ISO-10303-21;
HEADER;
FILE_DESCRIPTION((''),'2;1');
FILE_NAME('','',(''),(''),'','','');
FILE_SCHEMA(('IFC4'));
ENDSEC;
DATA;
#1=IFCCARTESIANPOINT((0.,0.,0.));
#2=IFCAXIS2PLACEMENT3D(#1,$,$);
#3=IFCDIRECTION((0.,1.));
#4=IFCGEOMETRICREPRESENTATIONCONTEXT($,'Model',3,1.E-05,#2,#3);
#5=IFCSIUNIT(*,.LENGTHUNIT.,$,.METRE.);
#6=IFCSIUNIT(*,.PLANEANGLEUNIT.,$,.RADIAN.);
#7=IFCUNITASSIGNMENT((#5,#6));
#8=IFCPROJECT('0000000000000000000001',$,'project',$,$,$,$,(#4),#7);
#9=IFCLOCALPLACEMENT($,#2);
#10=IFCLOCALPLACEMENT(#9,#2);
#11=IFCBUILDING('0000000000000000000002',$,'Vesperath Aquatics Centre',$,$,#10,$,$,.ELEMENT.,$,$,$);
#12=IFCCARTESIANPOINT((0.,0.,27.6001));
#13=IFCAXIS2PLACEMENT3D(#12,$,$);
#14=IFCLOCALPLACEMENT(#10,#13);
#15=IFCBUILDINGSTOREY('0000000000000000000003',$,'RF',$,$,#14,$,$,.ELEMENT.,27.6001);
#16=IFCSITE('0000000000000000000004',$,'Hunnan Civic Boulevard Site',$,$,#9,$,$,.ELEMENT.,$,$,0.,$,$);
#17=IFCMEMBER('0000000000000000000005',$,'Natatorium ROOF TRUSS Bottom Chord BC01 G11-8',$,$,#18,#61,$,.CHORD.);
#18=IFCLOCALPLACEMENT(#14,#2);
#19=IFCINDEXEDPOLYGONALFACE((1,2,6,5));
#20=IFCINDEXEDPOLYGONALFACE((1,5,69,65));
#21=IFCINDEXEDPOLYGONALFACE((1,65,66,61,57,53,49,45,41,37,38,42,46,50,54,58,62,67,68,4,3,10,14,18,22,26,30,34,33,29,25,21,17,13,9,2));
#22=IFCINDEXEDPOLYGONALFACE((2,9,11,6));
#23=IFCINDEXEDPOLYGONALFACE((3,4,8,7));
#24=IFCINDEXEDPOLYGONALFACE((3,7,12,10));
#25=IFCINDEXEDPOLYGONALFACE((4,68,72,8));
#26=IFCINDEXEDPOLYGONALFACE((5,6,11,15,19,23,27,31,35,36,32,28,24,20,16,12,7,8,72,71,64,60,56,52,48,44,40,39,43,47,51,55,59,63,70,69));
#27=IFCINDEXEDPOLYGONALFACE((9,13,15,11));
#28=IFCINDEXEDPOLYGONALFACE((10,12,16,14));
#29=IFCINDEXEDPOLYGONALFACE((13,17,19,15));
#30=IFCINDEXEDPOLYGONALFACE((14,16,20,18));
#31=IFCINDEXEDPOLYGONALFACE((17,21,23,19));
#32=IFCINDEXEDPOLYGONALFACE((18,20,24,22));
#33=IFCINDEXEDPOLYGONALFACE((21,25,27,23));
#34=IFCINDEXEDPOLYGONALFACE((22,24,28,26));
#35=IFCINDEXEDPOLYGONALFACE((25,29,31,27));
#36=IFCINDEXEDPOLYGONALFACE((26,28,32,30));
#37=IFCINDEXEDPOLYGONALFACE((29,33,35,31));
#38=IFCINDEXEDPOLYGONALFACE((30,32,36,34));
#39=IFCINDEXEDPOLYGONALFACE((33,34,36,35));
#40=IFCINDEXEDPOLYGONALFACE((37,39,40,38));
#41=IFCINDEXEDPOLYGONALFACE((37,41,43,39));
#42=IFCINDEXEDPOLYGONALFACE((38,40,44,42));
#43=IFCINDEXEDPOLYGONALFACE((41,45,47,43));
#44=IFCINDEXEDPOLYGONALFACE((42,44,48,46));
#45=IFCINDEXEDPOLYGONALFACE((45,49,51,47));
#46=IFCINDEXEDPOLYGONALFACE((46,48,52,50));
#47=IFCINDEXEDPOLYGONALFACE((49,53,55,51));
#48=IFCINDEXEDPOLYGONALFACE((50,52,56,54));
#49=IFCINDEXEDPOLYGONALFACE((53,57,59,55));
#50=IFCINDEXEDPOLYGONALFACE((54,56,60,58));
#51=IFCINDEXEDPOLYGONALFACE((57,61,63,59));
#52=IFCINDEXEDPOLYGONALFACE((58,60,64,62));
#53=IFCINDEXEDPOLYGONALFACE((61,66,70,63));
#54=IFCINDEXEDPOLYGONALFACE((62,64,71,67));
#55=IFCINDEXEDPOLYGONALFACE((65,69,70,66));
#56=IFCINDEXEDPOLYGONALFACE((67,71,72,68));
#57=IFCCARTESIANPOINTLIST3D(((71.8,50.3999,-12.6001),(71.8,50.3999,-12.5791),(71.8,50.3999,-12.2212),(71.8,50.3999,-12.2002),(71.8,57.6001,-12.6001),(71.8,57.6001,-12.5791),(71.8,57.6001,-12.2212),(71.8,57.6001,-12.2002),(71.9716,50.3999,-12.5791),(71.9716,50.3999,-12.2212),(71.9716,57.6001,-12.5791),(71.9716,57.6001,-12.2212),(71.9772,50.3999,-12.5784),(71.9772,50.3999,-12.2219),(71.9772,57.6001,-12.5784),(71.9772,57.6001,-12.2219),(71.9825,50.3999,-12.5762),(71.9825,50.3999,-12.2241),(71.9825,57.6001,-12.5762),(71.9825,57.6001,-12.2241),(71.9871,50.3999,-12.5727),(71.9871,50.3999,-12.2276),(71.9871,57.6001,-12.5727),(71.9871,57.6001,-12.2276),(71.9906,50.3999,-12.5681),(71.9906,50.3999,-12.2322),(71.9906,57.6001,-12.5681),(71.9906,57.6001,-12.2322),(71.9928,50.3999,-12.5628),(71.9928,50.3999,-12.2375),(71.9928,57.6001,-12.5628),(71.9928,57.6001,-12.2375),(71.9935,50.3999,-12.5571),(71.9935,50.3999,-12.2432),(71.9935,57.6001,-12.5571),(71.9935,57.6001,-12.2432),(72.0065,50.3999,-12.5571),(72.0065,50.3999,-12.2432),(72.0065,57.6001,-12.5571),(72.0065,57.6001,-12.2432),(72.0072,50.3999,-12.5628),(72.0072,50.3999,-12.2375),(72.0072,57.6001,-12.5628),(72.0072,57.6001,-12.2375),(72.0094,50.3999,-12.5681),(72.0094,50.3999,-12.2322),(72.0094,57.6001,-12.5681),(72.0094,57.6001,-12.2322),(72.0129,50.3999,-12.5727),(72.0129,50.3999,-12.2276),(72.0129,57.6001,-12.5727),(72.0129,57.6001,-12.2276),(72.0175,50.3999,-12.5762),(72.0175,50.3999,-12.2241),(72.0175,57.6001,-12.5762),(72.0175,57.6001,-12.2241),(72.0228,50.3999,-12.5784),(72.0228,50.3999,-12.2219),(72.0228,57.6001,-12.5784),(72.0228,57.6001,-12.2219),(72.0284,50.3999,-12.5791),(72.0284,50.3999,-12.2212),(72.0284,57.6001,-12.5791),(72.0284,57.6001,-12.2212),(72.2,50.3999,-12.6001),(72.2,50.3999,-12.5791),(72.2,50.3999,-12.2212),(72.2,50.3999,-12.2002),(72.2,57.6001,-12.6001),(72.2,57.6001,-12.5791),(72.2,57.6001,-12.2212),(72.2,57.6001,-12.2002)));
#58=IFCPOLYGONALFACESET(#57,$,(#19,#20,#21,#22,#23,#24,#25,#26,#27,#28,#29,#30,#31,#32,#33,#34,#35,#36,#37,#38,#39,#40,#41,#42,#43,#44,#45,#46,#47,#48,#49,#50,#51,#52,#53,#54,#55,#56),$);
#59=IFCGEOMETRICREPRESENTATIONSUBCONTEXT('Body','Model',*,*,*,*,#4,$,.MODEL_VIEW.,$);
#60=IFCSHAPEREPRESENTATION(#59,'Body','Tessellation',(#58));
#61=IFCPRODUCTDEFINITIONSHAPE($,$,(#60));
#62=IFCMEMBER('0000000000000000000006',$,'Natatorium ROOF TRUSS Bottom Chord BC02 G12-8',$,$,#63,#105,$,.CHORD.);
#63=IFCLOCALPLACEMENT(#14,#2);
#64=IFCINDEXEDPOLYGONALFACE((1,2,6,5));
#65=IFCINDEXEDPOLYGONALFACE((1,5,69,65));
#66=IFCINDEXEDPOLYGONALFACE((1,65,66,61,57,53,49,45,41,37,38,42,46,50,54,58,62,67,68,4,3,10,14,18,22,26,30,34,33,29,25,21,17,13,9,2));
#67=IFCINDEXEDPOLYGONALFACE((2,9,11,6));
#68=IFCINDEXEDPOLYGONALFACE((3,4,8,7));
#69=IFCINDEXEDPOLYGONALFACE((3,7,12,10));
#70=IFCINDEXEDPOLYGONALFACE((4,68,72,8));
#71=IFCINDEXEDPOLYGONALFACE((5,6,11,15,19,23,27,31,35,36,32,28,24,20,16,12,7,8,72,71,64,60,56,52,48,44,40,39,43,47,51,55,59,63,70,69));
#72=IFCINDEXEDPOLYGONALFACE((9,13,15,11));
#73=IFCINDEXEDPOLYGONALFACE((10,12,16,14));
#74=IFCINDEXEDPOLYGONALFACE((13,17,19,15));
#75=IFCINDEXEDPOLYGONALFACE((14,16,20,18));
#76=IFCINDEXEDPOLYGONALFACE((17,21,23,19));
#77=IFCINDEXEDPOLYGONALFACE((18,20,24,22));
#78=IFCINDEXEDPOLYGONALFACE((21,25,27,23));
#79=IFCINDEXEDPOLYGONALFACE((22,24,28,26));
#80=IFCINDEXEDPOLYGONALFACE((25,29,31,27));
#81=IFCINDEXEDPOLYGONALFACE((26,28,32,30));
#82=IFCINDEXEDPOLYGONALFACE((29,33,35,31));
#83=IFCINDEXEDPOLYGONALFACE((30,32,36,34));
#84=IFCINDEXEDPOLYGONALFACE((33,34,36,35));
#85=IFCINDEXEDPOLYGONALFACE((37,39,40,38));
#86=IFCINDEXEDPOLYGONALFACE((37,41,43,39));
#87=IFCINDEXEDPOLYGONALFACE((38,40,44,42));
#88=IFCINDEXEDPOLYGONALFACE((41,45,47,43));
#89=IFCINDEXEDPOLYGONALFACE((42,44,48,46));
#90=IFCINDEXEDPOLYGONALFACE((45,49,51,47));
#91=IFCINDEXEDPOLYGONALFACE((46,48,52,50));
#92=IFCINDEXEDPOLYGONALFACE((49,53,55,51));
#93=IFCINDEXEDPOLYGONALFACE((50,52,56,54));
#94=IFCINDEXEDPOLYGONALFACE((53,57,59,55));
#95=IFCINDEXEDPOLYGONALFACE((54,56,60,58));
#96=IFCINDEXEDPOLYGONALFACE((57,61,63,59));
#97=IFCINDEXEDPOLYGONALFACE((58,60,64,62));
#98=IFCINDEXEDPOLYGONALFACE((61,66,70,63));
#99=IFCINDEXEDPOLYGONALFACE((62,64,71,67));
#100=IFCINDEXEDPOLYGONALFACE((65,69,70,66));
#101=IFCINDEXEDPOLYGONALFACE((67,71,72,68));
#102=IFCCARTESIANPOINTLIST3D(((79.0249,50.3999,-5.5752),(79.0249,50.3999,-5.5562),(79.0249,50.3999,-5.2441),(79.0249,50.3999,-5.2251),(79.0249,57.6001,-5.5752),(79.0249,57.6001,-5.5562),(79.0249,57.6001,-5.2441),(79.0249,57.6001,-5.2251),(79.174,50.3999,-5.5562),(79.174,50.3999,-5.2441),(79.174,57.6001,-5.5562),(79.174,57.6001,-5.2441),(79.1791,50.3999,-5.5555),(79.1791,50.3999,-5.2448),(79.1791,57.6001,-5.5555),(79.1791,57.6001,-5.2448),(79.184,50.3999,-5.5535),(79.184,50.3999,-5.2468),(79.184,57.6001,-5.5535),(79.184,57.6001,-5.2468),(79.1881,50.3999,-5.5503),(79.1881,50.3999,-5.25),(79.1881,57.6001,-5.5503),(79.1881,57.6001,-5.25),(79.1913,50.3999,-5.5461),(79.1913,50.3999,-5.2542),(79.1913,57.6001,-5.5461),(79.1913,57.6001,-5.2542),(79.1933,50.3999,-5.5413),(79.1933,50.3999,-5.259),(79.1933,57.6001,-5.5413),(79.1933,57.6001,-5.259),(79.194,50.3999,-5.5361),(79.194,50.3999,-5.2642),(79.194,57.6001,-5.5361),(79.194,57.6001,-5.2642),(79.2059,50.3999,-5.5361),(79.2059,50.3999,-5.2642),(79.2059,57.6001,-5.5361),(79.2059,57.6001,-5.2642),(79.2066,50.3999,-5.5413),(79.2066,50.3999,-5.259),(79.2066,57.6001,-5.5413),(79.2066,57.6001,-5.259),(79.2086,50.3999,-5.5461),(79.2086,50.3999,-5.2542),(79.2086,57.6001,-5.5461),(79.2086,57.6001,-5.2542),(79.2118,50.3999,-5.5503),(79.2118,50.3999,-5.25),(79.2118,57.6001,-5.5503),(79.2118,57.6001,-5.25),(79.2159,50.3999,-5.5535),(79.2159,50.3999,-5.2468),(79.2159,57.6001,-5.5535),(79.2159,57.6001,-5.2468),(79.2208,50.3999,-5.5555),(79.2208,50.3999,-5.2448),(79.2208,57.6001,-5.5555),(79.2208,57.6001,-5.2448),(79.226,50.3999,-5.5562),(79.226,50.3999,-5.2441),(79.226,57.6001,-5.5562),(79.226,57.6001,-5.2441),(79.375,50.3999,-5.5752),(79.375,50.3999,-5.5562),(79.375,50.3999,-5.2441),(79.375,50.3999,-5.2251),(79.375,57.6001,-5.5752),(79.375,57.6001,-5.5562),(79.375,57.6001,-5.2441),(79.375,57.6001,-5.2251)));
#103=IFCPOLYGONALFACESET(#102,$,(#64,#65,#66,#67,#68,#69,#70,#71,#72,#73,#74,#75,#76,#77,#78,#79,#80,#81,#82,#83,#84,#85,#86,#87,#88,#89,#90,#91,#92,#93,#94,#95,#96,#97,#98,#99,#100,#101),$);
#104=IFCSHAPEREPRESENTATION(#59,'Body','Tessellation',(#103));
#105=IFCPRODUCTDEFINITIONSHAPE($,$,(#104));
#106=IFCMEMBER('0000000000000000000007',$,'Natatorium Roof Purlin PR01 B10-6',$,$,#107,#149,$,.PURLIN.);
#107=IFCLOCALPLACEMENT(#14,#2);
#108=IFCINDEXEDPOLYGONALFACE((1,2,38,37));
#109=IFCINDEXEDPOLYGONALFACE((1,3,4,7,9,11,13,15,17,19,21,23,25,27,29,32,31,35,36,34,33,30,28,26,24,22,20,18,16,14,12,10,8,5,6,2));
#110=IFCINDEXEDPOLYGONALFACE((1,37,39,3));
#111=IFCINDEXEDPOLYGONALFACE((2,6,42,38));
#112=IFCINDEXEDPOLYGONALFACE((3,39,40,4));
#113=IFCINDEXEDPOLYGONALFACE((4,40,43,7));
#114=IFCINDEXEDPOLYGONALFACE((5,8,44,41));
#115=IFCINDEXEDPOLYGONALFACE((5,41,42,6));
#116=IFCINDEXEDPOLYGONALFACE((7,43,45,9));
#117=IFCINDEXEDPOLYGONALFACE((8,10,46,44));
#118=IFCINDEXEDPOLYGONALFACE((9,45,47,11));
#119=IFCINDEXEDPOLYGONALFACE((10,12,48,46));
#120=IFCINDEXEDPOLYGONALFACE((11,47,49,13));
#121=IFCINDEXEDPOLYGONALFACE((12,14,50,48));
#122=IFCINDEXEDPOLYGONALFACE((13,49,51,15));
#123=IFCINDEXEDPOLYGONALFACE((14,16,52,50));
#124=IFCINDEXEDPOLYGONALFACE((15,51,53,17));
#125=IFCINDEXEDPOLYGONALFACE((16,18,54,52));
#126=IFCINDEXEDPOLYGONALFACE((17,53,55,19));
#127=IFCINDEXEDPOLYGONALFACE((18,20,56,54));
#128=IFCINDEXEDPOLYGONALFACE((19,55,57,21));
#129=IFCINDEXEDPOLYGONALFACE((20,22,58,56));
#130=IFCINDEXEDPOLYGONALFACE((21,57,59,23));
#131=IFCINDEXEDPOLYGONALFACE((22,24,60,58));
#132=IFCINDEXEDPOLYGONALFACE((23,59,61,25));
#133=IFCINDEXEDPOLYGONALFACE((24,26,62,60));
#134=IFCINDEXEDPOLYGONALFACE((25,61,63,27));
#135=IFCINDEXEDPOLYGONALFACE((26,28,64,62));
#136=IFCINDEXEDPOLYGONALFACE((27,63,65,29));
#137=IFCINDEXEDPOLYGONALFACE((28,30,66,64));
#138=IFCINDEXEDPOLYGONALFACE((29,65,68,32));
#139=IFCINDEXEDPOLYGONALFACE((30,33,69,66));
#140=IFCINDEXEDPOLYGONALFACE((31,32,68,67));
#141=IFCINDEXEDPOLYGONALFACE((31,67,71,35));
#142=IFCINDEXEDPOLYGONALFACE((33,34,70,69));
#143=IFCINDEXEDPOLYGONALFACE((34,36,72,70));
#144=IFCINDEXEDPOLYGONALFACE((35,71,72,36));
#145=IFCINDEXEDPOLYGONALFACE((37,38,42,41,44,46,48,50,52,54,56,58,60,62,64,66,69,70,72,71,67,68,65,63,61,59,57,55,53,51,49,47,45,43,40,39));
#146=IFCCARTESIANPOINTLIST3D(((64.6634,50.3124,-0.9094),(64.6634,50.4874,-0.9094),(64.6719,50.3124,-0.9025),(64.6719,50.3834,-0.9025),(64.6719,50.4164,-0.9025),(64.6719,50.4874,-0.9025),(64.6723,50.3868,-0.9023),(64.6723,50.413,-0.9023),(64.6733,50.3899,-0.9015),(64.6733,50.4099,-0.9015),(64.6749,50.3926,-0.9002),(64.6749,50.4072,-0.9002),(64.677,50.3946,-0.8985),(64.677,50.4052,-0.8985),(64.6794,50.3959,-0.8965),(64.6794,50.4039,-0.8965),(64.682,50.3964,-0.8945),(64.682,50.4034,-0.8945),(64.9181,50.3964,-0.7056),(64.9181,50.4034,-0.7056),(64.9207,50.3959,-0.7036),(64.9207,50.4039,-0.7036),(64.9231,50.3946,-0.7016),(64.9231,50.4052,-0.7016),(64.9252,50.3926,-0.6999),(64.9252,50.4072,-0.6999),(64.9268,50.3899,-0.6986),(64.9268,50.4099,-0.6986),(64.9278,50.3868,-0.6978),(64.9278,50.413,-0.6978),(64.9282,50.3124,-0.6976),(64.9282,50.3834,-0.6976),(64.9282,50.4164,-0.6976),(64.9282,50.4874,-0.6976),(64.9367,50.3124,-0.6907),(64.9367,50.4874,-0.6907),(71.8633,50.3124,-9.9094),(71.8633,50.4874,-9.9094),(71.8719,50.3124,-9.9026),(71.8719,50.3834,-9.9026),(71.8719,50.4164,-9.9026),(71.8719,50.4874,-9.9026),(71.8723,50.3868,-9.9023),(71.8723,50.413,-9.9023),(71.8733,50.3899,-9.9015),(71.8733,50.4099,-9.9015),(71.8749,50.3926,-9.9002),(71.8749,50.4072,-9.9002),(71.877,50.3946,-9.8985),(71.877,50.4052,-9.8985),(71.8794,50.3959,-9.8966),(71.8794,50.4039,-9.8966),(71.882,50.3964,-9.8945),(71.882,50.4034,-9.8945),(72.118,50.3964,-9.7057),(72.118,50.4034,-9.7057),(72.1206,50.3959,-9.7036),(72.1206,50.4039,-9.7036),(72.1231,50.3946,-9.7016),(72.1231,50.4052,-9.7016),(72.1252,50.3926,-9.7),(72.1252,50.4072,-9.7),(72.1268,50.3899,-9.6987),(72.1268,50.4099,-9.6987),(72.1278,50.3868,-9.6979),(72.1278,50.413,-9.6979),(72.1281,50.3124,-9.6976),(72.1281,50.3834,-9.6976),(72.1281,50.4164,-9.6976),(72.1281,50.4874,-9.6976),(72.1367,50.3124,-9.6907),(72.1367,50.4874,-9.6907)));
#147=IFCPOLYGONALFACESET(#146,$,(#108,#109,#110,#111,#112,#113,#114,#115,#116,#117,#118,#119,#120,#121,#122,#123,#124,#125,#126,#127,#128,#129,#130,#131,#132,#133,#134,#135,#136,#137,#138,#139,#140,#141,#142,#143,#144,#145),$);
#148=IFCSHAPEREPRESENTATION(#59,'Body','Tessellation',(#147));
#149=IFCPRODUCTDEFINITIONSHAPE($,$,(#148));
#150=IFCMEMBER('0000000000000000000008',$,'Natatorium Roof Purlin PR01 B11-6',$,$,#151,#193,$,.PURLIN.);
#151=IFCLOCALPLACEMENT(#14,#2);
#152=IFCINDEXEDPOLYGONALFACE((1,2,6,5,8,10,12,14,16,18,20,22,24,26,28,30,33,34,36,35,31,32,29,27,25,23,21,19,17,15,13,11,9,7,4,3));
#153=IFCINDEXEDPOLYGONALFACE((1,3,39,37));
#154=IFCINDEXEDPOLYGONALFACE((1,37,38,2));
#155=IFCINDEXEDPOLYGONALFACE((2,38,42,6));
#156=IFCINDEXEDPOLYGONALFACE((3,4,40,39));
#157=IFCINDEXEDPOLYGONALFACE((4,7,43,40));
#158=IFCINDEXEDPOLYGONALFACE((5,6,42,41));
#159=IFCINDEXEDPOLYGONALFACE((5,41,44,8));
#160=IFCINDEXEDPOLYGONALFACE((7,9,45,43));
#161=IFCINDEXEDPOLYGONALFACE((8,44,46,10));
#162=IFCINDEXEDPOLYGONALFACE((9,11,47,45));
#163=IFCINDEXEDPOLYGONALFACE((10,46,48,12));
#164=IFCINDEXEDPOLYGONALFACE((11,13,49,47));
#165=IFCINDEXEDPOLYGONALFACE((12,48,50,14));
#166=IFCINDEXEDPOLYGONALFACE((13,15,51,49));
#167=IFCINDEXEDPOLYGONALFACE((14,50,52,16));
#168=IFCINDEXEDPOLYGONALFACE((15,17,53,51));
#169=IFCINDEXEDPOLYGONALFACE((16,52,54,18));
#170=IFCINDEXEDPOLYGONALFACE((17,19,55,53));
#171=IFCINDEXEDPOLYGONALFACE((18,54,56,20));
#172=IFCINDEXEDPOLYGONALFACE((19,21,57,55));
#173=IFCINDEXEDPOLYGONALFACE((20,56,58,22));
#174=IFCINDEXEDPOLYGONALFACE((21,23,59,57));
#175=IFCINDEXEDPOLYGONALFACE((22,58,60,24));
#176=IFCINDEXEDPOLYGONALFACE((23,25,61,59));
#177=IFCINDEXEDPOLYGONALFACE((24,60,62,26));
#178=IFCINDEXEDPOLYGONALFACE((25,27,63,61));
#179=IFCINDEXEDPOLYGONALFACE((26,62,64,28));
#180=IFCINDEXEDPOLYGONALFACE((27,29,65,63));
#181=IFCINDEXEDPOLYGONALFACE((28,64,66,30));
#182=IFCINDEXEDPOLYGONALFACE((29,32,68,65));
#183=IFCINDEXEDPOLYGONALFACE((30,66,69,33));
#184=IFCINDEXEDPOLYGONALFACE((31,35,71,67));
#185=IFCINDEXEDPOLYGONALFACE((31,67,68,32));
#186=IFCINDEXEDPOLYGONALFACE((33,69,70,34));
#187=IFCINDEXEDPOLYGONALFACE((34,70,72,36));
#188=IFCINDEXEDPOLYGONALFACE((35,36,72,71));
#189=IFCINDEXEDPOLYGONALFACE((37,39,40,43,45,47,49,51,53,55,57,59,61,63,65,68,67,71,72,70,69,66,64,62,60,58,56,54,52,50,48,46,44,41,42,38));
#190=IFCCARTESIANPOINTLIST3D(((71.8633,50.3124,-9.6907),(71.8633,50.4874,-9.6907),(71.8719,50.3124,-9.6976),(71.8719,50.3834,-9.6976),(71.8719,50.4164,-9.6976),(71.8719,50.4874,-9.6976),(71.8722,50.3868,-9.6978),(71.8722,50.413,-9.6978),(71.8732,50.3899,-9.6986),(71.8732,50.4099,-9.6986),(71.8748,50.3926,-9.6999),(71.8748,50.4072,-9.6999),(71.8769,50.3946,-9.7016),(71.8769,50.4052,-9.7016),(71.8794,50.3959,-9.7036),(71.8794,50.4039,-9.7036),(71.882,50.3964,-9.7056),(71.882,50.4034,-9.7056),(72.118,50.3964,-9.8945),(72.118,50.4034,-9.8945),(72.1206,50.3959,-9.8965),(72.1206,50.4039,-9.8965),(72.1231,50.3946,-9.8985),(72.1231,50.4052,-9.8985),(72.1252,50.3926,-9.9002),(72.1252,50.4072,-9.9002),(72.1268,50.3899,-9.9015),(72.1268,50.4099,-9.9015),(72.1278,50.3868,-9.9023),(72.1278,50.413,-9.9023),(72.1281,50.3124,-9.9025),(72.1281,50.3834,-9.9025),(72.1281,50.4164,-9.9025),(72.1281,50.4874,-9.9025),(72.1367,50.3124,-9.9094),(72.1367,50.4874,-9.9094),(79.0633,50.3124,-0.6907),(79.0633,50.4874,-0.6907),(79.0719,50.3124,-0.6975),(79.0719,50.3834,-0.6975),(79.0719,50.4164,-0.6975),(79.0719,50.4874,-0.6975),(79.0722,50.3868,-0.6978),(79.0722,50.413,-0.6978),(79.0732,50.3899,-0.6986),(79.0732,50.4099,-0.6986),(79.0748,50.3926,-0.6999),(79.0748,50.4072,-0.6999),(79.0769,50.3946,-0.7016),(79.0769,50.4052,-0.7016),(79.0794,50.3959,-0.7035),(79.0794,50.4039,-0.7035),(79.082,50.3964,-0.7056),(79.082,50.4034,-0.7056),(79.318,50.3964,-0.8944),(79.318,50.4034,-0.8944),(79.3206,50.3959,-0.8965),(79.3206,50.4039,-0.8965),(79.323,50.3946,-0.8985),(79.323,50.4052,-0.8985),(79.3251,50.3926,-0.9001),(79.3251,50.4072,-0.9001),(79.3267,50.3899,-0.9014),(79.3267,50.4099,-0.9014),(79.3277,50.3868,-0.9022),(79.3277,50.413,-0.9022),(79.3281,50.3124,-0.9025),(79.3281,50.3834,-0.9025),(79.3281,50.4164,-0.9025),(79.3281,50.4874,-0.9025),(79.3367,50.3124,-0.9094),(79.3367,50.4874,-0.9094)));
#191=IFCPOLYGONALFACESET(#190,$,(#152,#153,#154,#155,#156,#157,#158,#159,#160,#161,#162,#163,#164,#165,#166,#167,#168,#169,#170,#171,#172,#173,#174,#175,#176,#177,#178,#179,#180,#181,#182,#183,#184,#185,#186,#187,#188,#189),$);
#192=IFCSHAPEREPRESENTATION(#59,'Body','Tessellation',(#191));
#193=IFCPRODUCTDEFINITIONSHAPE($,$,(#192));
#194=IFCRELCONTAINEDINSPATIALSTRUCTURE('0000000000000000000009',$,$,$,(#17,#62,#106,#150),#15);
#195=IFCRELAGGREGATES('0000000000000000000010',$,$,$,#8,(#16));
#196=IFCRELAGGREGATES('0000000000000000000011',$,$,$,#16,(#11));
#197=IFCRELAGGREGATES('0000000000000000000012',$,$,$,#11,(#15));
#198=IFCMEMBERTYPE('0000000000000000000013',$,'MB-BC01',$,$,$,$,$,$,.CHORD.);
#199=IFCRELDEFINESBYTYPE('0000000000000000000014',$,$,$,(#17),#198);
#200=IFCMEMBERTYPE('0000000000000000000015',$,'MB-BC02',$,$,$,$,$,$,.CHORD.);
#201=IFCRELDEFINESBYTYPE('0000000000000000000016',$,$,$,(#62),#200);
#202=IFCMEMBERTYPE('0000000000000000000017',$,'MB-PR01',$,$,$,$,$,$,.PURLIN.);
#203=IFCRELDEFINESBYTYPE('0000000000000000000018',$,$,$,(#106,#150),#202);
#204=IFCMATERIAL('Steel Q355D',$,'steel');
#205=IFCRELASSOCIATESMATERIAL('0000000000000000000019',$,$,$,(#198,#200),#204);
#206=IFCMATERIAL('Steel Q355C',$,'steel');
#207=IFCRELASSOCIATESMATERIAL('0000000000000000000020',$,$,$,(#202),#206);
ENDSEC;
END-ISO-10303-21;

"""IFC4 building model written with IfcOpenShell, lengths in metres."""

from ifc_helpers import new_model, si_unit, direction, frame, origin, origin_2d, place, context, subcontext, project, spatial, i_section, extrude, material, material_profile, profile_set, type_object, element, save


model = new_model("IFC4")

# Units and contexts
model_context = context("Model", 3, precision=1e-05, world=origin(), true_north=direction((0.0, 1.0)))
body_context = subcontext(model_context, "Body", "Model", "MODEL_VIEW")
ifc_project = project(units=[si_unit("LENGTHUNIT", "METRE"), si_unit("PLANEANGLEUNIT", "RADIAN")], contexts=[model_context])

# Site, building, storey
site_placement = place(None, origin())
site = spatial("IfcSite", under=ifc_project, at=site_placement, Name="Hunnan Civic Boulevard Site", CompositionType="ELEMENT", RefElevation=0.0)
building_placement = place(site_placement, origin())
building = spatial("IfcBuilding", under=site, at=building_placement, Name="Vesperath Aquatics Centre", CompositionType="ELEMENT")
storey_placement = place(building_placement, frame((0.0, 0.0, 27.6001)))
storey = spatial("IfcBuildingStorey", under=building, at=storey_placement, Name="RF", CompositionType="ELEMENT", Elevation=27.6001)

# Members
ifc_material_1 = material(Name="Steel Q355D", Category="steel")
ifc_material_profile_1 = material_profile(ifc_material_1, i_section(OverallWidth=0.3999, OverallDepth=0.3999, WebThickness=0.0129, FlangeThickness=0.021, FilletRadius=0.022, at=origin_2d()), Name="HW 400x400x13x21")
ifc_profile_set_1 = profile_set([ifc_material_profile_1], Name="Steel Q355D")
member_type_1 = type_object("IfcMemberType", Name="MB-BC01", PredefinedType="CHORD", material=ifc_profile_set_1)
member_1_placement = place(storey_placement, frame((72.0, 50.3999, -12.4001), z_axis=(0.0, 1.0, 0.0), x_axis=(-1.0, 0.0, 0.0)))
element("IfcMember", 1, at=member_1_placement, inside=storey, type_object=member_type_1, Name="Natatorium ROOF TRUSS Bottom Chord BC01 G11-8", PredefinedType="CHORD", context=body_context, shape_type="SweptSolid", body=[
    extrude(i_section(OverallWidth=0.3999, OverallDepth=0.3999, WebThickness=0.0129, FlangeThickness=0.021, FilletRadius=0.022, at=origin_2d()), origin(), (0.0, 0.0, 1.0), 7.2002),
])
ifc_material_profile_2 = material_profile(ifc_material_1, i_section(OverallWidth=0.3501, OverallDepth=0.3501, WebThickness=0.012, FlangeThickness=0.019, FilletRadius=0.02, at=origin_2d()), Name="HW 350x350x12x19")
ifc_profile_set_2 = profile_set([ifc_material_profile_2], Name="Steel Q355D")
member_type_2 = type_object("IfcMemberType", Name="MB-BC02", PredefinedType="CHORD", material=ifc_profile_set_2)
member_2_placement = place(storey_placement, frame((79.2, 50.3999, -5.4001), z_axis=(0.0, 1.0, 0.0), x_axis=(-1.0, 0.0, 0.0)))
element("IfcMember", 2, at=member_2_placement, inside=storey, type_object=member_type_2, Name="Natatorium ROOF TRUSS Bottom Chord BC02 G12-8", PredefinedType="CHORD", context=body_context, shape_type="SweptSolid", body=[
    extrude(i_section(OverallWidth=0.3501, OverallDepth=0.3501, WebThickness=0.012, FlangeThickness=0.019, FilletRadius=0.02, at=origin_2d()), origin(), (0.0, 0.0, 1.0), 7.2002),
])
ifc_material_2 = material(Name="Steel Q355C", Category="steel")
ifc_material_profile_3 = material_profile(ifc_material_2, i_section(OverallWidth=0.175, OverallDepth=0.3501, WebThickness=0.0071, FlangeThickness=0.011, FilletRadius=0.0129, at=origin_2d()), Name="HN 350x175x7x11")
ifc_profile_set_3 = profile_set([ifc_material_profile_3], Name="Steel Q355C")
member_type_3 = type_object("IfcMemberType", Name="MB-PR01", PredefinedType="PURLIN", material=ifc_profile_set_3)
for number, where, z_axis, x_axis, name in (
    (3, (64.8, 50.3999, -0.8), (0.624692, 0.0, -0.780871), (0.0, 1.0, 0.0), "Natatorium Roof Purlin PR01 B10-6"),
    (4, (72.0, 50.3999, -9.8), (0.624692, 0.0, 0.780871), (0.0, 1.0, 0.0), "Natatorium Roof Purlin PR01 B11-6"),
):
    element("IfcMember", number, at=place(storey_placement, frame(where, z_axis=z_axis, x_axis=x_axis)), inside=storey, type_object=member_type_3, Name=name, PredefinedType="PURLIN", context=body_context, shape_type="SweptSolid", body=[
        extrude(i_section(OverallWidth=0.175, OverallDepth=0.3501, WebThickness=0.0071, FlangeThickness=0.011, FilletRadius=0.0129, at=origin_2d()), origin(), (0.0, 0.0, 1.0), 11.5256),
    ])

save(model, "model.ifc")
